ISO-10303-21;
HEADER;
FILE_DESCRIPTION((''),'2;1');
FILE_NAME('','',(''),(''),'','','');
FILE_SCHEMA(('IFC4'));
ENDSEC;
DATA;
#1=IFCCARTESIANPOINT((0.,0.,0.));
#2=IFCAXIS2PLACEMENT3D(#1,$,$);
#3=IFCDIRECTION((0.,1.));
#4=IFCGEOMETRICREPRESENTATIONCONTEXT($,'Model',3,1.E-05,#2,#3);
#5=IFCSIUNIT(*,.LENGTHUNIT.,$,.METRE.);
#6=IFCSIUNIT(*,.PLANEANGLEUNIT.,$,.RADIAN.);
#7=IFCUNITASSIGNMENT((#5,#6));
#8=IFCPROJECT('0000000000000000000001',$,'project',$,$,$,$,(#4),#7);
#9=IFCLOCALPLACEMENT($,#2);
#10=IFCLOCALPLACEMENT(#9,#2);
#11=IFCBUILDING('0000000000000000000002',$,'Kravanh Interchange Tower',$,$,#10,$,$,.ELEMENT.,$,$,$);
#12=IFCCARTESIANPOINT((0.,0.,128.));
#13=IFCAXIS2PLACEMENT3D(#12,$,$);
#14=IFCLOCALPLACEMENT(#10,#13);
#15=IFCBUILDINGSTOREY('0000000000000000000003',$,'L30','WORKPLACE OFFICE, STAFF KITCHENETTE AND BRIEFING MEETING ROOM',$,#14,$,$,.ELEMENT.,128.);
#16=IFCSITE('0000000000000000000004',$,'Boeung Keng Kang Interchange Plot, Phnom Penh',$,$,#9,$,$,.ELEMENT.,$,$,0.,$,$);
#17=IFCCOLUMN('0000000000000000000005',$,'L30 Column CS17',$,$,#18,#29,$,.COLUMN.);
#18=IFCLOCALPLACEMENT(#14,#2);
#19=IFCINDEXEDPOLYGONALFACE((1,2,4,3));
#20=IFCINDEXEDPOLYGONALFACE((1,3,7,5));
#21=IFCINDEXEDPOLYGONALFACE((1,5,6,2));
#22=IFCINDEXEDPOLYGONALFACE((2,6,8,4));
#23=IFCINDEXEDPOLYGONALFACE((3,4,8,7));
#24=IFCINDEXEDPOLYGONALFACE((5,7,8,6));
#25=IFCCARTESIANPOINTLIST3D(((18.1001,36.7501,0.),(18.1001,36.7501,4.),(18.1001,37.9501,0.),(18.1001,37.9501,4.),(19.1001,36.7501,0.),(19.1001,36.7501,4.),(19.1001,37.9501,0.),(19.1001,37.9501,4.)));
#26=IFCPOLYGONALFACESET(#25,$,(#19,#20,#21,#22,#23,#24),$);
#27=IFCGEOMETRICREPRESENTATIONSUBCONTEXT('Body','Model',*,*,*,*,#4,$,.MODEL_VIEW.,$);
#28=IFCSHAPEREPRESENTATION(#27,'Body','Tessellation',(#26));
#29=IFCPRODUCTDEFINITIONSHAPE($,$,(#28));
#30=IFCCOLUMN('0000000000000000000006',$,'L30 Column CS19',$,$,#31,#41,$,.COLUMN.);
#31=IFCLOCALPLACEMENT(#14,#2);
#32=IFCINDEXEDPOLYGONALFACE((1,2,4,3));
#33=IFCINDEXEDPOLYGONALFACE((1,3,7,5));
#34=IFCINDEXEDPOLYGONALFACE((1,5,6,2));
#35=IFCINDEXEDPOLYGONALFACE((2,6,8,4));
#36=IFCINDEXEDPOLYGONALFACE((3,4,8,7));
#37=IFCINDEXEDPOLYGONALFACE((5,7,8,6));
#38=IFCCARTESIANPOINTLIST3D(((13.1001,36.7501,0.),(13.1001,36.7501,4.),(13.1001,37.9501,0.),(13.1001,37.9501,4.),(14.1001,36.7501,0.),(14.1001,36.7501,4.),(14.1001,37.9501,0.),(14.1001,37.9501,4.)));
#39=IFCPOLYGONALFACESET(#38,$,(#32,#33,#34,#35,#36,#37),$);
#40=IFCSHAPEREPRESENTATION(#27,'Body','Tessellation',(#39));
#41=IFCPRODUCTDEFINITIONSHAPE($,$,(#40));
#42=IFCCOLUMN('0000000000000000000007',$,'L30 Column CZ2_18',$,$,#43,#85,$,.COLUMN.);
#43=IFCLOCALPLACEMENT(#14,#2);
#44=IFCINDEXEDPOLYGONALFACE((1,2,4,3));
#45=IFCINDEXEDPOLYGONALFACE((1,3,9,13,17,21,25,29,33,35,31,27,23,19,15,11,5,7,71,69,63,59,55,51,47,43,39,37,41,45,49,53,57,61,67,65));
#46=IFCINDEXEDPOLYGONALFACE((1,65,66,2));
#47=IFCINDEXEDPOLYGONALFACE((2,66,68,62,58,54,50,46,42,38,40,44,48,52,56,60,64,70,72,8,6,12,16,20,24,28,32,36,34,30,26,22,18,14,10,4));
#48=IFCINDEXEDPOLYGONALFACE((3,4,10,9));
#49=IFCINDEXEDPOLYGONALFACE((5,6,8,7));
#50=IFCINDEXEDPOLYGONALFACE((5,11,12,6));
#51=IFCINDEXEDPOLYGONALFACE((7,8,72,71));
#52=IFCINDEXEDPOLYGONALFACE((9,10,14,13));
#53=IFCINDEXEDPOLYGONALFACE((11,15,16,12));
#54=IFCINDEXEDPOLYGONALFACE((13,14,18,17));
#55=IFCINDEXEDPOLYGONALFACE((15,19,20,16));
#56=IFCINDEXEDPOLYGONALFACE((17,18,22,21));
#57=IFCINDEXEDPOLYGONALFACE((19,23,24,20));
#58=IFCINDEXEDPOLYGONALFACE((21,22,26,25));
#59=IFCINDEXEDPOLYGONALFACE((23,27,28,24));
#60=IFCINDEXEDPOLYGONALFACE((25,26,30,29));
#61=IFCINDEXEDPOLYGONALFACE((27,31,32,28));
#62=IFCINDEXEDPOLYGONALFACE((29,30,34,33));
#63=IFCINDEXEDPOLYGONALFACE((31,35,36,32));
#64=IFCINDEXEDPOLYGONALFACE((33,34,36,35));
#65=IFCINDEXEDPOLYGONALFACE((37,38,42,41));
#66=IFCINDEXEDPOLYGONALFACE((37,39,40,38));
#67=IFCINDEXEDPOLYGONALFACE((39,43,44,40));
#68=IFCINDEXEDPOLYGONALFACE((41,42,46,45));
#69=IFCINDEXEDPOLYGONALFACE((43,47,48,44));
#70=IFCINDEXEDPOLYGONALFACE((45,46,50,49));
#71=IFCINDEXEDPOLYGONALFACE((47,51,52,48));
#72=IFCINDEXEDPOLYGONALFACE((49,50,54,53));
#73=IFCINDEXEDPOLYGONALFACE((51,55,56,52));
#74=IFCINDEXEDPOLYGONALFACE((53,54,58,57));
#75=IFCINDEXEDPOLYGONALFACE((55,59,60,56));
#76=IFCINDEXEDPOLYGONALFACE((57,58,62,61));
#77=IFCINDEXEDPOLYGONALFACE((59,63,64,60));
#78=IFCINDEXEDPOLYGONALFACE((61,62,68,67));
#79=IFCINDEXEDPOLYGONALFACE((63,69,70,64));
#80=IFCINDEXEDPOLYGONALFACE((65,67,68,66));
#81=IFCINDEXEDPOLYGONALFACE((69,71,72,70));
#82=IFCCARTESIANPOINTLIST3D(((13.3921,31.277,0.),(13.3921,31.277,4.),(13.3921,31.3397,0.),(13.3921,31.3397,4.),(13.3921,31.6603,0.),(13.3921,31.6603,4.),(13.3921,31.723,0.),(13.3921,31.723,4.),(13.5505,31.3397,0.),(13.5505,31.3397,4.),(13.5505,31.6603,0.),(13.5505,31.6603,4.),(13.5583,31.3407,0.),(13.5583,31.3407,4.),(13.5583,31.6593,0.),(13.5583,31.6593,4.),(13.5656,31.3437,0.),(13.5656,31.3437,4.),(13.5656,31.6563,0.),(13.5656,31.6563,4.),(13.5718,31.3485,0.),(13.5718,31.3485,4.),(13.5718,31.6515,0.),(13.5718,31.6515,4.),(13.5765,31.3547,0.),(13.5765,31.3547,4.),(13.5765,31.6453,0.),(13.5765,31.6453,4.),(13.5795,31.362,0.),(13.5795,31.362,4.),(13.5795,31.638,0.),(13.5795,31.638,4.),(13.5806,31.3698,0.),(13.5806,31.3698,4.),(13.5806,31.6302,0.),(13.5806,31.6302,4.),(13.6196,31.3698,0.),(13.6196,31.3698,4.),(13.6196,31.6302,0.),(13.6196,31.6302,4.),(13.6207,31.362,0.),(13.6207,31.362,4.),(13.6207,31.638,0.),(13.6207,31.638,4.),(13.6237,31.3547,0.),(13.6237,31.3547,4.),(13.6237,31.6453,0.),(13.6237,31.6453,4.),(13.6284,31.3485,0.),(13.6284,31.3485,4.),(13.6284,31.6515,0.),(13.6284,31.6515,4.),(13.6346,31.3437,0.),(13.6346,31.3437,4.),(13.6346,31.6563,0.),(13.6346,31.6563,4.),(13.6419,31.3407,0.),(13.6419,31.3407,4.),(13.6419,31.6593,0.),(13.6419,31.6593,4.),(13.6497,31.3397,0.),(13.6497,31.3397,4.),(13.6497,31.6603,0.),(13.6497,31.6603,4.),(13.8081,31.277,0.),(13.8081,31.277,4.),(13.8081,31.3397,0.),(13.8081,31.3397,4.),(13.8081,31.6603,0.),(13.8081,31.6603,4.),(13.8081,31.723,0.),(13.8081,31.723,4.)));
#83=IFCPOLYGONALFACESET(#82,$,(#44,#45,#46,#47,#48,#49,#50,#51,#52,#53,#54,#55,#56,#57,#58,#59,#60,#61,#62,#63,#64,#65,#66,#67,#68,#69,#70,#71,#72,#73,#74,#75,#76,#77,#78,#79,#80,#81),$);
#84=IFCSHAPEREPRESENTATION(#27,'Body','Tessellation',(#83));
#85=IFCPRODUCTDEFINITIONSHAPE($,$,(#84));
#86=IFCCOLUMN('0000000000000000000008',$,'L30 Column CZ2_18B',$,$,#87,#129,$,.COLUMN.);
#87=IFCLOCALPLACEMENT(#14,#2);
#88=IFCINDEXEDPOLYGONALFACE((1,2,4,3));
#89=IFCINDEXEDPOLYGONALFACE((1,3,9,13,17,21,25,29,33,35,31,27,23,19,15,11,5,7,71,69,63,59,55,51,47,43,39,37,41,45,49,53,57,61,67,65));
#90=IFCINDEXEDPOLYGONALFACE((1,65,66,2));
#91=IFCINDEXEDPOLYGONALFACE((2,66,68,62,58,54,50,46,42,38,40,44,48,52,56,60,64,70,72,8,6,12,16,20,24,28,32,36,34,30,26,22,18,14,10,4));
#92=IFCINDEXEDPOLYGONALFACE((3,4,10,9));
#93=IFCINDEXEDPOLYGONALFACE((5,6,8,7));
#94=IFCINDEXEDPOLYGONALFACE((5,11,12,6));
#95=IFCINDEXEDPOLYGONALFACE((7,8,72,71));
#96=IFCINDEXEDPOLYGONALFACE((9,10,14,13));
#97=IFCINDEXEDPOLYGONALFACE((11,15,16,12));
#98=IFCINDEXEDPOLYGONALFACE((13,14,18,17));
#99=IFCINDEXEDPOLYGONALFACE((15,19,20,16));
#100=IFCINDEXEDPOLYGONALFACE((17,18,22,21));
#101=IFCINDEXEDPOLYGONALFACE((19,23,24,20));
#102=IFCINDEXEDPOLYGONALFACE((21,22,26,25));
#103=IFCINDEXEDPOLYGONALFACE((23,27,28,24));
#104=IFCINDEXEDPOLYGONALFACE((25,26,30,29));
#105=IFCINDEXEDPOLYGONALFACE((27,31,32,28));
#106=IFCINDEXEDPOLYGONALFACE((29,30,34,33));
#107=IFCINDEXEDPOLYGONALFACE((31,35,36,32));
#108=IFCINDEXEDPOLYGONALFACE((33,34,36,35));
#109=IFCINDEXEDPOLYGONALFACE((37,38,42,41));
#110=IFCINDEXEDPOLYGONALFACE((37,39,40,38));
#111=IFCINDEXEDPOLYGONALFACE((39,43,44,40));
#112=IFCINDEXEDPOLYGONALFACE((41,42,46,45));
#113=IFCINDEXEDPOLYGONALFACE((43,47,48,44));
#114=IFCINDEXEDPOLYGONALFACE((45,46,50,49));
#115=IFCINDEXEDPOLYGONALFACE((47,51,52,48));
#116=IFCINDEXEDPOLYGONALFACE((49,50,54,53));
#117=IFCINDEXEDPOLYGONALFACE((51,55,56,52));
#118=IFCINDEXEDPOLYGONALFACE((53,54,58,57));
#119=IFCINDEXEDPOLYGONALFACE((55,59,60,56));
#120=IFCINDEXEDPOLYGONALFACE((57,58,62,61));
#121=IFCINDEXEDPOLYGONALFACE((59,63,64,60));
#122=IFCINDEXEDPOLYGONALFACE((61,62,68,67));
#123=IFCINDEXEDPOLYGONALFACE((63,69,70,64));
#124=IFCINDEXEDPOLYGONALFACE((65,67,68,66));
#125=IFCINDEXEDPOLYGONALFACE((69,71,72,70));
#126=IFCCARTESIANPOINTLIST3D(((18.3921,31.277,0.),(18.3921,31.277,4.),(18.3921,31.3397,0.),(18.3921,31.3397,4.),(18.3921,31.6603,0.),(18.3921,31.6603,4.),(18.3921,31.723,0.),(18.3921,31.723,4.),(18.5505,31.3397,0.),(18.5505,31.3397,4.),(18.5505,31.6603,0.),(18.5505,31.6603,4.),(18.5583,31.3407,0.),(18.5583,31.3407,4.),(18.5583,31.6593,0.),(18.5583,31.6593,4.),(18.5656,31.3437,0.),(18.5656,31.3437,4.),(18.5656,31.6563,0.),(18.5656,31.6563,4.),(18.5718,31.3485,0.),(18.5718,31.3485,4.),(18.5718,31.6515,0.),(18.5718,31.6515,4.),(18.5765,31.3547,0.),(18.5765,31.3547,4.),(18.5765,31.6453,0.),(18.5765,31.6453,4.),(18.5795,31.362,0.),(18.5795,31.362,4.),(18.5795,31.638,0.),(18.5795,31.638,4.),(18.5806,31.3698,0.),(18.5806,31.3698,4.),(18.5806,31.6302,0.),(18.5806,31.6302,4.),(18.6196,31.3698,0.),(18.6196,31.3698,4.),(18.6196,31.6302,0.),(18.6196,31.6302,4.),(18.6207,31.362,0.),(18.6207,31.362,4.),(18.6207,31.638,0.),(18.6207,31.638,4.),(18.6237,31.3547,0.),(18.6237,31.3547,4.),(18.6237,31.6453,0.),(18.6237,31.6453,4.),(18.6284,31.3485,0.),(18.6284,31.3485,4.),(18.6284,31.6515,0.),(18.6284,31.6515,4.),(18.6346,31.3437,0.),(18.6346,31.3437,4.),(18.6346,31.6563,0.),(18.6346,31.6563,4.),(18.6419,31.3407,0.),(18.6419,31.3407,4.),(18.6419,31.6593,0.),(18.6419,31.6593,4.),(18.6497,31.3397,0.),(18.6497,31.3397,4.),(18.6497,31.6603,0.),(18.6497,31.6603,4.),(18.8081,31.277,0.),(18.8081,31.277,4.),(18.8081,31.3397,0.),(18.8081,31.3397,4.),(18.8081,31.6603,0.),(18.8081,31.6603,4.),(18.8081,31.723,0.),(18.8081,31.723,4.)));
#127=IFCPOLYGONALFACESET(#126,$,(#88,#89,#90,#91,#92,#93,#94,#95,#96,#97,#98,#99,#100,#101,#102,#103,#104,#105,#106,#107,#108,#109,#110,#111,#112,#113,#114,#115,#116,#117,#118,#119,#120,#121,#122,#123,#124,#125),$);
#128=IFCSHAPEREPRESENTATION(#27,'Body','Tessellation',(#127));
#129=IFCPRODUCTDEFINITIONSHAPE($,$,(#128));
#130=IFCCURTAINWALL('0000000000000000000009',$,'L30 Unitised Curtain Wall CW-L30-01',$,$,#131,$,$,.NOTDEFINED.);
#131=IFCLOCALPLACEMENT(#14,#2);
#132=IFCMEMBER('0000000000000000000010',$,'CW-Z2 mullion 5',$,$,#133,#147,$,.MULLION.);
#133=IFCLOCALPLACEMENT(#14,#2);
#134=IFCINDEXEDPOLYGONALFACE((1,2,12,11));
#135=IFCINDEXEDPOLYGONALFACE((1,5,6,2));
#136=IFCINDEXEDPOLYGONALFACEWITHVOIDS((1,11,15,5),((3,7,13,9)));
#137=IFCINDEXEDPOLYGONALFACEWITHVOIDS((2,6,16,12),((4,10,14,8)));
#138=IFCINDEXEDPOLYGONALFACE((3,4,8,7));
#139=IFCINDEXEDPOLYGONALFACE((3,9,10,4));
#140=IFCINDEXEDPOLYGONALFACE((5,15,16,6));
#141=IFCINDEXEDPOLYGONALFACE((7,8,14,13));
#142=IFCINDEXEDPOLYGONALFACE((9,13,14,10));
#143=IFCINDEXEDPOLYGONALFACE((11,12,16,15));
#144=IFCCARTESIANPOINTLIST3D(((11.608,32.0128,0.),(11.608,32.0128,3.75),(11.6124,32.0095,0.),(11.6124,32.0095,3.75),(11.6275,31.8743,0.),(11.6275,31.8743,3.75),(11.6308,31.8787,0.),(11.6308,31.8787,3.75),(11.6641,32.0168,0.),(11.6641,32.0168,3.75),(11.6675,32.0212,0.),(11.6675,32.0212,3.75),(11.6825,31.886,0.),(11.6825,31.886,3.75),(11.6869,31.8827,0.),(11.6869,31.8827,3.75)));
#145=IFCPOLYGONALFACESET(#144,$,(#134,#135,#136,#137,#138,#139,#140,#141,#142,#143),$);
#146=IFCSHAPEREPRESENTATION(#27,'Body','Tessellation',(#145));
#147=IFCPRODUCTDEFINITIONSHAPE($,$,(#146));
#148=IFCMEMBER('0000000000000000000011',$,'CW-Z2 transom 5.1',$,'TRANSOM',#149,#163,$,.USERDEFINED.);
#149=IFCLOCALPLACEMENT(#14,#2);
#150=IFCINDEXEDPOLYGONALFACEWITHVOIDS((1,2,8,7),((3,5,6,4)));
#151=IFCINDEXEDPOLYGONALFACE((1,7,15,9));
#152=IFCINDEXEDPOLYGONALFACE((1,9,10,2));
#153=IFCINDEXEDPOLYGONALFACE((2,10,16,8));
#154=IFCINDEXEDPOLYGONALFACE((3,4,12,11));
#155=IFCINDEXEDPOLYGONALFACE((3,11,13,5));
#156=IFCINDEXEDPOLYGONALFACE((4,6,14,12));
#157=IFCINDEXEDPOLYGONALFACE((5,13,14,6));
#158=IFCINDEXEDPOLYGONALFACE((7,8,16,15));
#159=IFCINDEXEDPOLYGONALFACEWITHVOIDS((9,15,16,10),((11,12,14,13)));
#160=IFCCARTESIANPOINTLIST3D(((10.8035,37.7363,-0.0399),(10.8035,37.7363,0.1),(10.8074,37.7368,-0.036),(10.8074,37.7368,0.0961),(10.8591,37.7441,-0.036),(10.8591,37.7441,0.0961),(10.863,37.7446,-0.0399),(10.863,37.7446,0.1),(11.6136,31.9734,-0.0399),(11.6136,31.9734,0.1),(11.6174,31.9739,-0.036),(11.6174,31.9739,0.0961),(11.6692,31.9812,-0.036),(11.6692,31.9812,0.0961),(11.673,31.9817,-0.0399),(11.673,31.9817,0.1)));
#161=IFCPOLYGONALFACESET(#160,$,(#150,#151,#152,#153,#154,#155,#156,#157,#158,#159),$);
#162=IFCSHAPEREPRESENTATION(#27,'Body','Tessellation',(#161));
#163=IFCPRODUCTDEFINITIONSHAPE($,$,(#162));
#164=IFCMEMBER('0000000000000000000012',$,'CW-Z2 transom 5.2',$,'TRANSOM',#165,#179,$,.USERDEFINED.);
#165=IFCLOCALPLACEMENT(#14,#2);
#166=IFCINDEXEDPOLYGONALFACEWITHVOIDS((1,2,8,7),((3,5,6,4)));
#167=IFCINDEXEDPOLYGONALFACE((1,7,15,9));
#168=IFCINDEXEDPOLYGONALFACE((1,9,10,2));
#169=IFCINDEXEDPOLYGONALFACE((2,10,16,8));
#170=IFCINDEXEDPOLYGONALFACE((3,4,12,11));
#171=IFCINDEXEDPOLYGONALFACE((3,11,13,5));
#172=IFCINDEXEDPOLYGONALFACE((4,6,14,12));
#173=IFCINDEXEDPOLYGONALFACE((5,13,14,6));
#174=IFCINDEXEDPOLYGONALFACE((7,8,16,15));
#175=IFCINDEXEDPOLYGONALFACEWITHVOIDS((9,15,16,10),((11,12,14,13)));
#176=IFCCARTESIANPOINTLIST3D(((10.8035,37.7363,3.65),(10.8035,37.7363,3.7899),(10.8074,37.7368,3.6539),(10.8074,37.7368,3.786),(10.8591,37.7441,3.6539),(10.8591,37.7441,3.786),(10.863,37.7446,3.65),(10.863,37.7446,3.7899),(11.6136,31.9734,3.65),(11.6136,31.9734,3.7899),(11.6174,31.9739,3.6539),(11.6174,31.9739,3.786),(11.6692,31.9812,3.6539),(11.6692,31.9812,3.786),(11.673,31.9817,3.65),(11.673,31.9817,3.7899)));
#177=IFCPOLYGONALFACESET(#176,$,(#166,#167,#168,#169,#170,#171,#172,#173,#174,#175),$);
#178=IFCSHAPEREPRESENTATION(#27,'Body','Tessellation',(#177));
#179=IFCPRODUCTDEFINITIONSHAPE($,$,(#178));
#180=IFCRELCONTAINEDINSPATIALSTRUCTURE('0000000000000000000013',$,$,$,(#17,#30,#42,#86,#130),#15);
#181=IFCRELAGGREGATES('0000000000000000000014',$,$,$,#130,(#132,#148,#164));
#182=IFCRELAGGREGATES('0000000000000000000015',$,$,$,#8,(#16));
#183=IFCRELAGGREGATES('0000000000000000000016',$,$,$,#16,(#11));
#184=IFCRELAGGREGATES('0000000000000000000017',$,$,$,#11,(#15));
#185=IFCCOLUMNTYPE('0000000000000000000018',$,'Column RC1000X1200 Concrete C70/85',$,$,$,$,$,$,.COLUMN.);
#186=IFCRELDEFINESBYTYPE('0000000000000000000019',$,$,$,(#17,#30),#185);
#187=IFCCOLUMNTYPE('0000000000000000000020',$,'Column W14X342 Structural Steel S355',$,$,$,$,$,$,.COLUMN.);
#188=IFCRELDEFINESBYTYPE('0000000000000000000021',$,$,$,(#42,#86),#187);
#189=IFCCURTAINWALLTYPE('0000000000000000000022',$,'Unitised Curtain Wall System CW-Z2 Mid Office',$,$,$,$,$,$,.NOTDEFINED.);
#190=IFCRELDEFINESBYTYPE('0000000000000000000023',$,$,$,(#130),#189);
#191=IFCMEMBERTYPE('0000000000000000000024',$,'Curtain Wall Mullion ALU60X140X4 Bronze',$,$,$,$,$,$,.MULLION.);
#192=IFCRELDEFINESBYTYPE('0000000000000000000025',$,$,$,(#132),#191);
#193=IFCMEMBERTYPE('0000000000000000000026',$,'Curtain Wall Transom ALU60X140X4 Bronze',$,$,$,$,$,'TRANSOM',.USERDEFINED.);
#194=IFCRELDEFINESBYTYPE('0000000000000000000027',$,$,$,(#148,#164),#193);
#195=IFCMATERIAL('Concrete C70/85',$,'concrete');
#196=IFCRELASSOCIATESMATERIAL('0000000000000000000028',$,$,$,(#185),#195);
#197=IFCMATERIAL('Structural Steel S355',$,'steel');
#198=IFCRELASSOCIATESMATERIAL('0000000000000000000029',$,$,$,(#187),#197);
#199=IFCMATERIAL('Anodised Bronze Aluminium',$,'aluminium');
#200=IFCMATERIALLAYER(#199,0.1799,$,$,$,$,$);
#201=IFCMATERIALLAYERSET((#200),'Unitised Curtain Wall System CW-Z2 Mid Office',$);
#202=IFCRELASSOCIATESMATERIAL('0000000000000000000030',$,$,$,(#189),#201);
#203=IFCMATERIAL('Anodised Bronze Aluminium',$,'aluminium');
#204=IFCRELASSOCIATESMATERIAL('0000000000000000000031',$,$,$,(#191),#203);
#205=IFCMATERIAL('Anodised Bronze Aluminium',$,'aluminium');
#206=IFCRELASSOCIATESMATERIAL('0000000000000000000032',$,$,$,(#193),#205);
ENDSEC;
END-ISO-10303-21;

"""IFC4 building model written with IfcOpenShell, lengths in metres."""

from ifc_helpers import new_model, si_unit, direction, frame, origin, origin_2d, place, context, subcontext, project, spatial, rectangle, hollow_rectangle, i_section, extrude, material, layer, layer_set, material_profile, profile_set, type_object, element, aggregate, save


model = new_model("IFC4")

# Units and contexts
model_context = context("Model", 3, precision=1e-05, world=origin(), true_north=direction((0.0, 1.0)))
body_context = subcontext(model_context, "Body", "Model", "MODEL_VIEW")
ifc_project = project(units=[si_unit("LENGTHUNIT", "METRE"), si_unit("PLANEANGLEUNIT", "RADIAN")], contexts=[model_context])

# Site, building, storey
site_placement = place(None, origin())
site = spatial("IfcSite", under=ifc_project, at=site_placement, Name="Boeung Keng Kang Interchange Plot, Phnom Penh", CompositionType="ELEMENT", RefElevation=0.0)
building_placement = place(site_placement, origin())
building = spatial("IfcBuilding", under=site, at=building_placement, Name="Kravanh Interchange Tower", CompositionType="ELEMENT")
storey_placement = place(building_placement, frame((0.0, 0.0, 128.0)))
storey = spatial("IfcBuildingStorey", under=building, at=storey_placement, Name="L30", Description="WORKPLACE OFFICE, STAFF KITCHENETTE AND BRIEFING MEETING ROOM", CompositionType="ELEMENT", Elevation=128.0)

# Columns
ifc_material_1 = material(Name="Concrete C70/85", Category="concrete")
ifc_material_profile_1 = material_profile(ifc_material_1, rectangle(XDim=1.0, YDim=1.2, at=origin_2d()), Name="RC1000X1200")
ifc_profile_set_1 = profile_set([ifc_material_profile_1], Name="Concrete C70/85")
column_type_1 = type_object("IfcColumnType", Name="Column RC1000X1200 Concrete C70/85", PredefinedType="COLUMN", material=ifc_profile_set_1)
for number, where, z_axis, x_axis, name in (
    (1, (18.6001, 37.3501, 0.0), (0.0, 0.0, 1.0), (1.0, 0.0, 0.0), "L30 Column CS17"),
    (2, (13.6001, 37.3501, 0.0), (0.0, 0.0, 1.0), (1.0, 0.0, 0.0), "L30 Column CS19"),
):
    element("IfcColumn", number, at=place(storey_placement, frame(where, z_axis=z_axis, x_axis=x_axis)), inside=storey, type_object=column_type_1, Name=name, PredefinedType="COLUMN", context=body_context, shape_type="SweptSolid", body=[
        extrude(rectangle(XDim=1.0, YDim=1.2, at=origin_2d()), origin(), (0.0, 0.0, 1.0), 4.0),
    ])
ifc_material_2 = material(Name="Structural Steel S355", Category="steel")
ifc_material_profile_2 = material_profile(ifc_material_2, i_section(OverallWidth=0.416, OverallDepth=0.446, WebThickness=0.0391, FlangeThickness=0.0627, FilletRadius=0.03, at=origin_2d()), Name="W14X342")
ifc_profile_set_2 = profile_set([ifc_material_profile_2], Name="Structural Steel S355")
column_type_2 = type_object("IfcColumnType", Name="Column W14X342 Structural Steel S355", PredefinedType="COLUMN", material=ifc_profile_set_2)
for number, where, z_axis, x_axis, name in (
    (3, (13.6001, 31.5, 0.0), (0.0, 0.0, 1.0), (1.0, 0.0, 0.0), "L30 Column CZ2_18"),
    (4, (18.6001, 31.5, 0.0), (0.0, 0.0, 1.0), (1.0, 0.0, 0.0), "L30 Column CZ2_18B"),
):
    element("IfcColumn", number, at=place(storey_placement, frame(where, z_axis=z_axis, x_axis=x_axis)), inside=storey, type_object=column_type_2, Name=name, PredefinedType="COLUMN", context=body_context, shape_type="SweptSolid", body=[
        extrude(i_section(OverallWidth=0.416, OverallDepth=0.446, WebThickness=0.0391, FlangeThickness=0.0627, FilletRadius=0.03, at=origin_2d()), origin(), (0.0, 0.0, 1.0), 4.0),
    ])

# Curtain wall, members
ifc_material_3 = material(Name="Anodised Bronze Aluminium", Category="aluminium")
ifc_layer_1 = layer(ifc_material_3, 0.1799)
ifc_layer_set_1 = layer_set([ifc_layer_1], Name="Unitised Curtain Wall System CW-Z2 Mid Office")
curtain_wall_type = type_object("IfcCurtainWallType", Name="Unitised Curtain Wall System CW-Z2 Mid Office", PredefinedType="NOTDEFINED", material=ifc_layer_set_1)
curtain_wall_placement = place(storey_placement, origin())
curtain_wall = element("IfcCurtainWall", 5, at=curtain_wall_placement, inside=storey, type_object=curtain_wall_type, Name="L30 Unitised Curtain Wall CW-L30-01", PredefinedType="NOTDEFINED")
ifc_material_4 = material(Name="Anodised Bronze Aluminium", Category="aluminium")
ifc_material_profile_3 = material_profile(ifc_material_4, hollow_rectangle(XDim=0.0601, YDim=0.1399, WallThickness=0.0039, at=origin_2d()), Name="ALU60X140X4")
ifc_profile_set_3 = profile_set([ifc_material_profile_3], Name="Anodised Bronze Aluminium")
member_type_1 = type_object("IfcMemberType", Name="Curtain Wall Mullion ALU60X140X4 Bronze", PredefinedType="MULLION", material=ifc_profile_set_3)
member_1_placement = place(storey_placement, frame((11.6475, 31.9478, 0.0), z_axis=(0.0, 0.0, 1.0), x_axis=(-0.990268, -0.139173, 0.0)))
member_1 = element("IfcMember", 6, at=member_1_placement, type_object=member_type_1, Name="CW-Z2 mullion 5", PredefinedType="MULLION", context=body_context, shape_type="SweptSolid", body=[
    extrude(hollow_rectangle(XDim=0.0601, YDim=0.1399, WallThickness=0.0039, at=origin_2d()), origin(), (0.0, 0.0, 1.0), 3.75),
])
ifc_material_5 = material(Name="Anodised Bronze Aluminium", Category="aluminium")
ifc_material_profile_4 = material_profile(ifc_material_5, hollow_rectangle(XDim=0.0601, YDim=0.1399, WallThickness=0.0039, at=origin_2d()), Name="ALU60X140X4")
ifc_profile_set_4 = profile_set([ifc_material_profile_4], Name="Anodised Bronze Aluminium")
member_type_2 = type_object("IfcMemberType", Name="Curtain Wall Transom ALU60X140X4 Bronze", ElementType="TRANSOM", PredefinedType="USERDEFINED", material=ifc_profile_set_4)
member_2_placement = place(storey_placement, frame((11.6433, 31.9775, 0.03), z_axis=(-0.139195, 0.990265, 0.0), x_axis=(-0.990265, -0.139195, 0.0)))
member_2 = element("IfcMember", 7, at=member_2_placement, type_object=member_type_2, Name="CW-Z2 transom 5.1", ObjectType="TRANSOM", PredefinedType="USERDEFINED", context=body_context, shape_type="SweptSolid", body=[
    extrude(hollow_rectangle(XDim=0.0601, YDim=0.1399, WallThickness=0.0039, at=origin_2d()), origin(), (0.0, 0.0, 1.0), 5.8196),
])
member_3_placement = place(storey_placement, frame((11.6433, 31.9775, 3.72), z_axis=(-0.139195, 0.990265, 0.0), x_axis=(-0.990265, -0.139195, 0.0)))
member_3 = element("IfcMember", 8, at=member_3_placement, type_object=member_type_2, Name="CW-Z2 transom 5.2", ObjectType="TRANSOM", PredefinedType="USERDEFINED", context=body_context, shape_type="SweptSolid", body=[
    extrude(hollow_rectangle(XDim=0.0601, YDim=0.1399, WallThickness=0.0039, at=origin_2d()), origin(), (0.0, 0.0, 1.0), 5.8196),
])

aggregate(curtain_wall, [member_1, member_2, member_3])

save(model, "model.ifc")
